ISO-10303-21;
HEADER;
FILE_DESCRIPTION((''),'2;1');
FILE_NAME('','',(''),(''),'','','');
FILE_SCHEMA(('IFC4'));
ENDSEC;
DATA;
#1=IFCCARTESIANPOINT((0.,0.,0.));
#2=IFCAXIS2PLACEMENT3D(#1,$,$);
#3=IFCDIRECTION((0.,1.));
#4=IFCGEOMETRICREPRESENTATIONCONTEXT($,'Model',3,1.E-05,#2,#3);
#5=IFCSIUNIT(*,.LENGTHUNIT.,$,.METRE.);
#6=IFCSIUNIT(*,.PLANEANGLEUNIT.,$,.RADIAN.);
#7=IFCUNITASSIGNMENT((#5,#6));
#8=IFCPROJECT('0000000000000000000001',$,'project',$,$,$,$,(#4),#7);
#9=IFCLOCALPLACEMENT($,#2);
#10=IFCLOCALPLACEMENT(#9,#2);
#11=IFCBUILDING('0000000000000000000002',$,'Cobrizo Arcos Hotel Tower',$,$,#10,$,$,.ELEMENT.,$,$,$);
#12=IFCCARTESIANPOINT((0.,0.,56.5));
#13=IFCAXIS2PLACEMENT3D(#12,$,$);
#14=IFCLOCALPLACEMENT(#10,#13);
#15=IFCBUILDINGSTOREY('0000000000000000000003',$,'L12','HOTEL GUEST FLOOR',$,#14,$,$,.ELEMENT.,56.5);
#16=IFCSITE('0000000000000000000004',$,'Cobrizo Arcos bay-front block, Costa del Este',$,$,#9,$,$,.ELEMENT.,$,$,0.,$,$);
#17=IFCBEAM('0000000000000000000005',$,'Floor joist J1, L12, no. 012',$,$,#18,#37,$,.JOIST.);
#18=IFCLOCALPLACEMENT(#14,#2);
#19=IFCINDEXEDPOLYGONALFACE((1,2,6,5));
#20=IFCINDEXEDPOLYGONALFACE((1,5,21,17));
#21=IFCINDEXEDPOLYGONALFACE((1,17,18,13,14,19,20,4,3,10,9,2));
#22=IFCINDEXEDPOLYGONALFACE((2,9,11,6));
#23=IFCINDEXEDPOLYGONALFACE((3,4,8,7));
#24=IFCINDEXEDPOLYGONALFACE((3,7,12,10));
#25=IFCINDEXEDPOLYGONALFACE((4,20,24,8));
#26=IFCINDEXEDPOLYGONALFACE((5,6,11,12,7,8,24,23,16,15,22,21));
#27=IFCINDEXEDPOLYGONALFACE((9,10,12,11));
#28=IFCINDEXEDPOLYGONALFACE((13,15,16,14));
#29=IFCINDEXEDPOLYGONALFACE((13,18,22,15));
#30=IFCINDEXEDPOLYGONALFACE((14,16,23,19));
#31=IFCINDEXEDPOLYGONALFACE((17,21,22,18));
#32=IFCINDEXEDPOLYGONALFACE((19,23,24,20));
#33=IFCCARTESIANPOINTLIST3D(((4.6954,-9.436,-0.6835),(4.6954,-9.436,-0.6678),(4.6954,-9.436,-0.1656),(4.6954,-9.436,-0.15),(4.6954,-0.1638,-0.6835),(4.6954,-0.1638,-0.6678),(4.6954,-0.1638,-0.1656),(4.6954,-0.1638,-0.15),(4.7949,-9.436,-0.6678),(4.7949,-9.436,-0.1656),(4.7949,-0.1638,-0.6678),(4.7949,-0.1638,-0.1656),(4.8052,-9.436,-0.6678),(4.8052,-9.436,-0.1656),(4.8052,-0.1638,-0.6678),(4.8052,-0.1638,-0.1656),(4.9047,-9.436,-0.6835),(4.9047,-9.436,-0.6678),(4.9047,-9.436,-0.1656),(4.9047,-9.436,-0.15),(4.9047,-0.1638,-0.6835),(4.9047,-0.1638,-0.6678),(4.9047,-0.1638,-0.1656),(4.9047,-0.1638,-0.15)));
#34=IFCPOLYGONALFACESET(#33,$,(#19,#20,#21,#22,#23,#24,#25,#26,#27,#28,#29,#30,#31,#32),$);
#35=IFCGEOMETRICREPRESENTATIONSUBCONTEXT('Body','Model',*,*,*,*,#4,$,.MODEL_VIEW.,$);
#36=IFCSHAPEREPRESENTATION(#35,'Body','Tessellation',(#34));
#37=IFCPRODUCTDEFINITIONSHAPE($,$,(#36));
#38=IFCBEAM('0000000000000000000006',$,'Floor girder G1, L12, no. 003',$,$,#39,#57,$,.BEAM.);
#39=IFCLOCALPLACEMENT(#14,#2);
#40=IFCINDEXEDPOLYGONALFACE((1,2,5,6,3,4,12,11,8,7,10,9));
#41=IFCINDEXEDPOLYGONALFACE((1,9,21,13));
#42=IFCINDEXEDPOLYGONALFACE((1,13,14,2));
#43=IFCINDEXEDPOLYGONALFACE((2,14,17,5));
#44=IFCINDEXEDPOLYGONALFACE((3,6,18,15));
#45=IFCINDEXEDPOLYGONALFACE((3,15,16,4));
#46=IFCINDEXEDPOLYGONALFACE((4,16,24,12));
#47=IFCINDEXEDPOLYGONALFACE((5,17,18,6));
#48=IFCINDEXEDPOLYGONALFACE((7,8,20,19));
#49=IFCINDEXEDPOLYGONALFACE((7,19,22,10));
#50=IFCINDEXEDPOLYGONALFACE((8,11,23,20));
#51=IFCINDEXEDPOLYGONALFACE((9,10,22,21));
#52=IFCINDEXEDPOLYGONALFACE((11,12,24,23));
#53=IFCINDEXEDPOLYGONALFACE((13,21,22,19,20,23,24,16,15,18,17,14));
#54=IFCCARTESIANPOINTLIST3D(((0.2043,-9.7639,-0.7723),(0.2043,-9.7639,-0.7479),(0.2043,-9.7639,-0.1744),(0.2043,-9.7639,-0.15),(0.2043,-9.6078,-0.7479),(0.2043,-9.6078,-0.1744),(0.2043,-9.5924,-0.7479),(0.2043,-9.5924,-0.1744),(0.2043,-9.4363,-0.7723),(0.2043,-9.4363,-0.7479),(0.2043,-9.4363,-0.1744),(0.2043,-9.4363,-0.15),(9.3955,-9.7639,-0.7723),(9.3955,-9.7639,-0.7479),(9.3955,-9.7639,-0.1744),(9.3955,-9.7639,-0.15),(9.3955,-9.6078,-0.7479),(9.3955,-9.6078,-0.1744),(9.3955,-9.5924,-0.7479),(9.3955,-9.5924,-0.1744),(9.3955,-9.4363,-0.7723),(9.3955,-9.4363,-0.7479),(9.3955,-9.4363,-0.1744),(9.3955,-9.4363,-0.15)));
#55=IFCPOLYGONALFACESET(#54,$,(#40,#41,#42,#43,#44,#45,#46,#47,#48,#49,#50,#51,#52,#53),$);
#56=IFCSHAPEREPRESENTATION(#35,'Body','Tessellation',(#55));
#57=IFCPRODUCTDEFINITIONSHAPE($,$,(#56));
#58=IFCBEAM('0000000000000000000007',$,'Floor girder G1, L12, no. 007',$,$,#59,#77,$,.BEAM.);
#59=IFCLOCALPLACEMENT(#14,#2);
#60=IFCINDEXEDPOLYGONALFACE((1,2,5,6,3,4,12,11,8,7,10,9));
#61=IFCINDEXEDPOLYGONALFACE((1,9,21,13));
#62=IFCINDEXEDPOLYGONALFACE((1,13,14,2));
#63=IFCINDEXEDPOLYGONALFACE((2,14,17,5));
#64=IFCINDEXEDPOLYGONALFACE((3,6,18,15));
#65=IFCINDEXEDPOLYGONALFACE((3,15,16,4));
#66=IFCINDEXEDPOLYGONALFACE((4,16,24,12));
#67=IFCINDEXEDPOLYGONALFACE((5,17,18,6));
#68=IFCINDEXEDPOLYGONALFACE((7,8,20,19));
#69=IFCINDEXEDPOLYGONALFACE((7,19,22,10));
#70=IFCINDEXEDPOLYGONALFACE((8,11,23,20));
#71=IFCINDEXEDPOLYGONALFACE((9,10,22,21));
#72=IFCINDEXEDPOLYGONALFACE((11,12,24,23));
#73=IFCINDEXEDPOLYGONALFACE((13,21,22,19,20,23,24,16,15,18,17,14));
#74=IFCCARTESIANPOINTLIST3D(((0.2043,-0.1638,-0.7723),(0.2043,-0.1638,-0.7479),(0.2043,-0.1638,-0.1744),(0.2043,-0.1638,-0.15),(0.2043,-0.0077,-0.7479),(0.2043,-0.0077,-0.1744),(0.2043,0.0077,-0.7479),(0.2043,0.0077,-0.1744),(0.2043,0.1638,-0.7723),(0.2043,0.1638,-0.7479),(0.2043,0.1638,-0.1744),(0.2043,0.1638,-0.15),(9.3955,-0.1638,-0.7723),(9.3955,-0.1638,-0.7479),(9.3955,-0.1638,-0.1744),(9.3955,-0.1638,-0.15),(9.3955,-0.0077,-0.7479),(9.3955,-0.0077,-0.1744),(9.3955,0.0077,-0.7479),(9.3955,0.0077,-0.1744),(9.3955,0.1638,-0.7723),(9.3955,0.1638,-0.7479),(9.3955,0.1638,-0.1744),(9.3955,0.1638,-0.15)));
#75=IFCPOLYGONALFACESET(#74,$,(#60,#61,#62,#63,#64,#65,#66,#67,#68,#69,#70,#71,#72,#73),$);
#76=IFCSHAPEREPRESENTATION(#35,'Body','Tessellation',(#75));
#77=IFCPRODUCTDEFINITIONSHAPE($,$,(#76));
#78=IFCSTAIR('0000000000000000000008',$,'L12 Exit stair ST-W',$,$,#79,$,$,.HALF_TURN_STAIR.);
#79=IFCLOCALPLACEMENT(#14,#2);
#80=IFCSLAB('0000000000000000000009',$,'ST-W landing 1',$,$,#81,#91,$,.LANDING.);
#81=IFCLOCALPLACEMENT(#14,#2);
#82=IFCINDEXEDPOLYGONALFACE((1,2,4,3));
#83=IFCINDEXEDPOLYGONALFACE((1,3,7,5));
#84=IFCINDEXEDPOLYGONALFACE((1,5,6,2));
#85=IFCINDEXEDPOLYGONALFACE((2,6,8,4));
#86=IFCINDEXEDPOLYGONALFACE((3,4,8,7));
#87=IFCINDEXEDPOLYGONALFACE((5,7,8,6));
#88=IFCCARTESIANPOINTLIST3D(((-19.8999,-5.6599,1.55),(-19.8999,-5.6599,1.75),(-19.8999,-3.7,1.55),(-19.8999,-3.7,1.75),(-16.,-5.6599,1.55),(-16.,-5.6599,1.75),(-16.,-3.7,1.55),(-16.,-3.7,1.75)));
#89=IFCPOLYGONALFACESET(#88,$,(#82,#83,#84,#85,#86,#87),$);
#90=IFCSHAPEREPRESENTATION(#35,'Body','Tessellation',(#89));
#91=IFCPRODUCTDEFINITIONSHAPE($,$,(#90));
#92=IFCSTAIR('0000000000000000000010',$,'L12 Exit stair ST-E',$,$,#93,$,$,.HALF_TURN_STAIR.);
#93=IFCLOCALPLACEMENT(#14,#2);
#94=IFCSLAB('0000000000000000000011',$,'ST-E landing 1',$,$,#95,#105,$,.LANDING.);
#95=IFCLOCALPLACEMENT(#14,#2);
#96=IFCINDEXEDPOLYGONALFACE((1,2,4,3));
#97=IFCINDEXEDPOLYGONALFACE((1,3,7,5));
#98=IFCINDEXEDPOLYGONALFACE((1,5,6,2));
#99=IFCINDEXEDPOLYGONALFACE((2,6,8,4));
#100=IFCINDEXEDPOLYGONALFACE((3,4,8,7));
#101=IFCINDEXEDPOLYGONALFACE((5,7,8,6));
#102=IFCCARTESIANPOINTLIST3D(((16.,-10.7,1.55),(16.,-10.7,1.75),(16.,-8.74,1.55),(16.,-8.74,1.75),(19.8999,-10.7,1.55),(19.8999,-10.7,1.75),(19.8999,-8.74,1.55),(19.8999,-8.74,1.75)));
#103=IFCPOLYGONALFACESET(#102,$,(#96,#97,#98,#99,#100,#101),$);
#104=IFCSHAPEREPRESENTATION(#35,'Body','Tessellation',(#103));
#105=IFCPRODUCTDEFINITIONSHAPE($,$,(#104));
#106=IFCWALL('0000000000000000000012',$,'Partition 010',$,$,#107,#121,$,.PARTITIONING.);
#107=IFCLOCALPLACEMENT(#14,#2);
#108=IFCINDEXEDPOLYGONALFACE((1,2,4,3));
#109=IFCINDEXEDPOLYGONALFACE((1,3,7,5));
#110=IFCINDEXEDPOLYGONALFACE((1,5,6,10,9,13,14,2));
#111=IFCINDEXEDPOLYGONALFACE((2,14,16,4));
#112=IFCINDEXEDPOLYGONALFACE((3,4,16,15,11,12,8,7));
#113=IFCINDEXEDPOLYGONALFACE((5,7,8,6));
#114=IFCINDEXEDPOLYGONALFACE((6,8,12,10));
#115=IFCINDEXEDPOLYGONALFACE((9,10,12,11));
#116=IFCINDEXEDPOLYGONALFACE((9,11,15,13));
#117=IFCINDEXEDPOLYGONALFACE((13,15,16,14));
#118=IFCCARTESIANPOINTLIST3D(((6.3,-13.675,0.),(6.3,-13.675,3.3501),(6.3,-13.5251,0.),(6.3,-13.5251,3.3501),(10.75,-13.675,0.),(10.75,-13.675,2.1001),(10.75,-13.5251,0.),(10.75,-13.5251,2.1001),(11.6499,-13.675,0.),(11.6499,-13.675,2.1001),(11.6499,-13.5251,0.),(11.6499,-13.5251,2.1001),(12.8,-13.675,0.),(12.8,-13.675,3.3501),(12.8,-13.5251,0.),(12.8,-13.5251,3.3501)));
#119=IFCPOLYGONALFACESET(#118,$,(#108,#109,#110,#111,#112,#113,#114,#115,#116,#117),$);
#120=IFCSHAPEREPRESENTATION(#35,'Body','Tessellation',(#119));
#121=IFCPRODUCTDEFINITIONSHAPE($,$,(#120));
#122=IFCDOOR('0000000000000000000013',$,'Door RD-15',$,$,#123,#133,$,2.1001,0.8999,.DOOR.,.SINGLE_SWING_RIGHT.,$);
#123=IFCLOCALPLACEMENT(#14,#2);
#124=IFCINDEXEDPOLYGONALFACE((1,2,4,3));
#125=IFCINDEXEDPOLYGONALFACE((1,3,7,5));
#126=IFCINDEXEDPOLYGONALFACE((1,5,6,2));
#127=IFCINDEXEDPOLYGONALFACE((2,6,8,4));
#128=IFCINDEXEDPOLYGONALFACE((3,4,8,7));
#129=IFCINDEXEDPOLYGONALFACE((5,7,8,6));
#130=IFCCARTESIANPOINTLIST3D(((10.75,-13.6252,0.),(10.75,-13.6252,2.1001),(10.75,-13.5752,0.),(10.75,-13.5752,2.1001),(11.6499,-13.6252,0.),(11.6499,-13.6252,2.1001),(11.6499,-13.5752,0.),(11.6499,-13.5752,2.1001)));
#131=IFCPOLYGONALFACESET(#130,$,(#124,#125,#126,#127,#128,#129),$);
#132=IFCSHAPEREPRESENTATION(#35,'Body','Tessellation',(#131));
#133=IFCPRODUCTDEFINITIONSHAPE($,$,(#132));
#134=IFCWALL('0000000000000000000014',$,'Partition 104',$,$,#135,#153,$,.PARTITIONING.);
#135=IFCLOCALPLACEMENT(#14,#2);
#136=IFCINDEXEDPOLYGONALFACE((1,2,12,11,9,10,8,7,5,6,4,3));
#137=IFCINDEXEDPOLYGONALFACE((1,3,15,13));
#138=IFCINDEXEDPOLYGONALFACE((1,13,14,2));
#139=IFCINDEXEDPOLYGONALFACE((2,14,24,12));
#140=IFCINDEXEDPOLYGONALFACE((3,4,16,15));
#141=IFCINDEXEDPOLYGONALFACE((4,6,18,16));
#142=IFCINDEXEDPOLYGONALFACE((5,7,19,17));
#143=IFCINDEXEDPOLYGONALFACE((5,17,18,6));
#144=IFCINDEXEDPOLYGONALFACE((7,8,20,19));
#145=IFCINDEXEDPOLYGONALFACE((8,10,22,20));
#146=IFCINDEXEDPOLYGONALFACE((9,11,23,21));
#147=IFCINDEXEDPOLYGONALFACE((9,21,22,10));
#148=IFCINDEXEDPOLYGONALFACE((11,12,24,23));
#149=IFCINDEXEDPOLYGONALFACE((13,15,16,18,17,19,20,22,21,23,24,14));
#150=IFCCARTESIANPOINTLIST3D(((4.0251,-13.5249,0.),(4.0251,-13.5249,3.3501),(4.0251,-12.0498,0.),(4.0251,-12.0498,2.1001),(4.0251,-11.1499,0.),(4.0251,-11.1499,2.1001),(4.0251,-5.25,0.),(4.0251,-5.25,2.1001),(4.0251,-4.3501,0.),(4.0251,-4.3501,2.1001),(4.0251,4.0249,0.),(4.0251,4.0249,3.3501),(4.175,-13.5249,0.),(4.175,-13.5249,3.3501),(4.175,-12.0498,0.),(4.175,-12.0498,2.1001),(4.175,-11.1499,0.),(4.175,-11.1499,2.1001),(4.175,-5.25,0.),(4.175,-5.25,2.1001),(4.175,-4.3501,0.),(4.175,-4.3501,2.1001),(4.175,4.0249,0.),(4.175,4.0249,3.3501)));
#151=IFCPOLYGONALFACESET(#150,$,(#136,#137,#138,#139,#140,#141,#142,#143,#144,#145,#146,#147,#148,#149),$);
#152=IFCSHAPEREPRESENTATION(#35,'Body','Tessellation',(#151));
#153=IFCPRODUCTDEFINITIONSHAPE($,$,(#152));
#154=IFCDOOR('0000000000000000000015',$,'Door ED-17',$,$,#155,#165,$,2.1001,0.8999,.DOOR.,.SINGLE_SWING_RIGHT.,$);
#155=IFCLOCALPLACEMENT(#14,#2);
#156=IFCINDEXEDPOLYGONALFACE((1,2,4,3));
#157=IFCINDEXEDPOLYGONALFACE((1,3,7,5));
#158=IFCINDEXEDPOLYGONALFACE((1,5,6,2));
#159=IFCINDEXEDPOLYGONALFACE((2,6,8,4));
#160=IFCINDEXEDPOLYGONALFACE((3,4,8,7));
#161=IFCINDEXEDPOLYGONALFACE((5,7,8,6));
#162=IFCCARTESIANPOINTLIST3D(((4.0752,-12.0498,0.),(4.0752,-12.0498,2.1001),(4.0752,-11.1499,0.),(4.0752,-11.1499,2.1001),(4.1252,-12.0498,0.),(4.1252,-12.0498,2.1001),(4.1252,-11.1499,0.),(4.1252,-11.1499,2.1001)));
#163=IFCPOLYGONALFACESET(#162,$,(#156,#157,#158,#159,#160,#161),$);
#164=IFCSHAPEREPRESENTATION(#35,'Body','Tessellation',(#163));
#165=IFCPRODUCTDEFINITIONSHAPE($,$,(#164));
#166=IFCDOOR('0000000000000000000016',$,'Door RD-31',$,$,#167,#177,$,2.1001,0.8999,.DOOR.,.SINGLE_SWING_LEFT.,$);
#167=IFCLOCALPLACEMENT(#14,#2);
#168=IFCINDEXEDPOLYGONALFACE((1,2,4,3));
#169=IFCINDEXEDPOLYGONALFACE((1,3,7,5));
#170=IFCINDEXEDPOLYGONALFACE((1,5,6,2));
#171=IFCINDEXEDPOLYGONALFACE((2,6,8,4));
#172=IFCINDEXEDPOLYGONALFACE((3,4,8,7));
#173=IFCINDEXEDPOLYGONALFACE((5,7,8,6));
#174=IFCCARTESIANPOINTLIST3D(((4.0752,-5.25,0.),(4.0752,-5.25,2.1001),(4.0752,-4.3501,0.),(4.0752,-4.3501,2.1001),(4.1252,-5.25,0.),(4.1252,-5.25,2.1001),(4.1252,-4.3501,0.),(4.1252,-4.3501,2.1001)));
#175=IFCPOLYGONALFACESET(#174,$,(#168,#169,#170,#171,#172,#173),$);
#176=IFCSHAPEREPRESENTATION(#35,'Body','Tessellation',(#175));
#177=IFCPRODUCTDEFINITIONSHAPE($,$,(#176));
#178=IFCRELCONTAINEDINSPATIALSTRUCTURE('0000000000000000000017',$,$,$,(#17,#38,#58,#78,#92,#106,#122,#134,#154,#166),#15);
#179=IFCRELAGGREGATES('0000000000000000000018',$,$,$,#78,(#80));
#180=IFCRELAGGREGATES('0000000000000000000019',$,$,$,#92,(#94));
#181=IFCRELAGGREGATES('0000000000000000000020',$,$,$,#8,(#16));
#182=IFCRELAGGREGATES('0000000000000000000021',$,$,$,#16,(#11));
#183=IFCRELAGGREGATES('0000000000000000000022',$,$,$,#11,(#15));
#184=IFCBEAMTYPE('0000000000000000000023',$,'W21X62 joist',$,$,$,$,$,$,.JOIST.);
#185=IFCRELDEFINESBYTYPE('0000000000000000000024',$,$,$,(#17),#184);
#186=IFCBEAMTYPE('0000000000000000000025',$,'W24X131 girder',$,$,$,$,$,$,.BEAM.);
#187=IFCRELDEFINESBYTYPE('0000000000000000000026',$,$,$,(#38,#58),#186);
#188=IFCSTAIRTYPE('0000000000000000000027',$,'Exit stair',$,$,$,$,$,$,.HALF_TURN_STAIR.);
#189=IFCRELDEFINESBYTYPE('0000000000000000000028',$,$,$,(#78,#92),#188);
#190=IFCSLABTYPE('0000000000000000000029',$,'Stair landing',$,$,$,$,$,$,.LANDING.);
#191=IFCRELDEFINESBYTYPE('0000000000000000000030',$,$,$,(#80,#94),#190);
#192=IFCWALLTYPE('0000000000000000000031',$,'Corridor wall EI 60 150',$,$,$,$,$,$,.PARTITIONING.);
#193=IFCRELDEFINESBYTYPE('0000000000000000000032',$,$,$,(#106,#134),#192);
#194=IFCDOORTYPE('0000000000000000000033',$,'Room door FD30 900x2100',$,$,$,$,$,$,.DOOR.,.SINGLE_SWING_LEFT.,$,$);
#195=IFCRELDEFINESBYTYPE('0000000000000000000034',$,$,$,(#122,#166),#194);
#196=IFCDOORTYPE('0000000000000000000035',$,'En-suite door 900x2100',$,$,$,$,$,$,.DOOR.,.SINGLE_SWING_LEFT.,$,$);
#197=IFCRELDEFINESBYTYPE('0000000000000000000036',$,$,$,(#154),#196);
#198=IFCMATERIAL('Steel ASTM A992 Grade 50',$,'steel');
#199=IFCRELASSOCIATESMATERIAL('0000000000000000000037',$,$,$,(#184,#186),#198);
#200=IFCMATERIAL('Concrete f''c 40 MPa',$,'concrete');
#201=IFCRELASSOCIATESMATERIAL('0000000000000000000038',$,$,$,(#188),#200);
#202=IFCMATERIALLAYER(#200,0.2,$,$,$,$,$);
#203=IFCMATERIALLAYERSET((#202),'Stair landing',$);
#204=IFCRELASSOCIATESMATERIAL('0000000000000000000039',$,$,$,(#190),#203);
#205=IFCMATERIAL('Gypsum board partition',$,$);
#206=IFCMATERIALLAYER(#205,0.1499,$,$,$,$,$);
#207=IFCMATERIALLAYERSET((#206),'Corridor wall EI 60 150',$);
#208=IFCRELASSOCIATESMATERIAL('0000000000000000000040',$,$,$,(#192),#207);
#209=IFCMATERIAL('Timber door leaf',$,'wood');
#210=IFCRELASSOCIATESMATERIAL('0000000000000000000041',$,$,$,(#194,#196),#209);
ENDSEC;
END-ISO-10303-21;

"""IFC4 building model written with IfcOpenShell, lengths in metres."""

from ifc_helpers import new_model, si_unit, direction, frame, frame_2d, origin, origin_2d, place, context, subcontext, project, spatial, polyline, rectangle, i_section, outline, extrude, material, layer, layer_set, material_profile, profile_set, type_object, element, fill, aggregate, save


model = new_model("IFC4")

# Units and contexts
model_context = context("Model", 3, precision=1e-05, world=origin(), true_north=direction((0.0, 1.0)))
body_context = subcontext(model_context, "Body", "Model", "MODEL_VIEW")
ifc_project = project(units=[si_unit("LENGTHUNIT", "METRE"), si_unit("PLANEANGLEUNIT", "RADIAN")], contexts=[model_context])

# Site, building, storey
site_placement = place(None, origin())
site = spatial("IfcSite", under=ifc_project, at=site_placement, Name="Cobrizo Arcos bay-front block, Costa del Este", CompositionType="ELEMENT", RefElevation=0.0)
building_placement = place(site_placement, origin())
building = spatial("IfcBuilding", under=site, at=building_placement, Name="Cobrizo Arcos Hotel Tower", CompositionType="ELEMENT")
storey_placement = place(building_placement, frame((0.0, 0.0, 56.5)))
storey = spatial("IfcBuildingStorey", under=building, at=storey_placement, Name="L12", Description="HOTEL GUEST FLOOR", CompositionType="ELEMENT", Elevation=56.5)

# Beams
ifc_material_1 = material(Name="Steel ASTM A992 Grade 50", Category="steel")
ifc_material_profile_1 = material_profile(ifc_material_1, i_section(OverallWidth=0.2092, OverallDepth=0.5334, WebThickness=0.0103, FlangeThickness=0.0156, at=origin_2d()), Name="W21X62")
ifc_profile_set_1 = profile_set([ifc_material_profile_1], Name="Steel ASTM A992 Grade 50")
beam_type_1 = type_object("IfcBeamType", Name="W21X62 joist", PredefinedType="JOIST", material=ifc_profile_set_1)
beam_placement = place(storey_placement, frame((4.8, -9.436, -0.4167), z_axis=(0.0, 1.0, 0.0), x_axis=(-1.0, 0.0, 0.0)))
element("IfcBeam", 1, at=beam_placement, inside=storey, type_object=beam_type_1, Name="Floor joist J1, L12, no. 012", PredefinedType="JOIST", context=body_context, shape_type="SweptSolid", body=[
    extrude(i_section(OverallWidth=0.2092, OverallDepth=0.5334, WebThickness=0.0103, FlangeThickness=0.0156, at=origin_2d()), origin(), (0.0, 0.0, 1.0), 9.2722),
])
ifc_material_profile_2 = material_profile(ifc_material_1, i_section(OverallWidth=0.3276, OverallDepth=0.6223, WebThickness=0.0154, FlangeThickness=0.0244, at=origin_2d()), Name="W24X131")
ifc_profile_set_2 = profile_set([ifc_material_profile_2], Name="Steel ASTM A992 Grade 50")
beam_type_2 = type_object("IfcBeamType", Name="W24X131 girder", PredefinedType="BEAM", material=ifc_profile_set_2)
for number, where, z_axis, x_axis, name in (
    (2, (0.2043, -9.6001, -0.4612), (1.0, 0.0, 0.0), (0.0, 1.0, 0.0), "Floor girder G1, L12, no. 003"),
    (3, (0.2043, 0.0, -0.4612), (1.0, 0.0, 0.0), (0.0, 1.0, 0.0), "Floor girder G1, L12, no. 007"),
):
    element("IfcBeam", number, at=place(storey_placement, frame(where, z_axis=z_axis, x_axis=x_axis)), inside=storey, type_object=beam_type_2, Name=name, PredefinedType="BEAM", context=body_context, shape_type="SweptSolid", body=[
        extrude(i_section(OverallWidth=0.3276, OverallDepth=0.6223, WebThickness=0.0154, FlangeThickness=0.0244, at=origin_2d()), origin(), (0.0, 0.0, 1.0), 9.1912),
    ])

# Stairs, slabs
ifc_material_2 = material(Name="Concrete f'c 40 MPa", Category="concrete")
stair_type = type_object("IfcStairType", Name="Exit stair", PredefinedType="HALF_TURN_STAIR", material=ifc_material_2)
stair_1_placement = place(storey_placement, origin())
stair_1 = element("IfcStair", 4, at=stair_1_placement, inside=storey, type_object=stair_type, Name="L12 Exit stair ST-W", PredefinedType="HALF_TURN_STAIR")
ifc_layer_1 = layer(ifc_material_2, 0.2)
ifc_layer_set_1 = layer_set([ifc_layer_1], Name="Stair landing")
slab_type = type_object("IfcSlabType", Name="Stair landing", PredefinedType="LANDING", material=ifc_layer_set_1)
slab_1_placement = place(storey_placement, frame((0.0, 0.0, 1.55)))
slab_1 = element("IfcSlab", 5, at=slab_1_placement, type_object=slab_type, Name="ST-W landing 1", PredefinedType="LANDING", context=body_context, shape_type="SweptSolid", body=[
    extrude(outline(polyline([(-16.0, -5.6599), (-16.0, -3.7), (-19.8999, -3.7), (-19.8999, -5.6599), (-16.0, -5.6599)])), origin(), (0.0, 0.0, 1.0), 0.2),
])
aggregate(stair_1, [slab_1])
stair_2_placement = place(storey_placement, origin())
stair_2 = element("IfcStair", 6, at=stair_2_placement, inside=storey, type_object=stair_type, Name="L12 Exit stair ST-E", PredefinedType="HALF_TURN_STAIR")
slab_2_placement = place(storey_placement, frame((0.0, 0.0, 1.55)))
slab_2 = element("IfcSlab", 7, at=slab_2_placement, type_object=slab_type, Name="ST-E landing 1", PredefinedType="LANDING", context=body_context, shape_type="SweptSolid", body=[
    extrude(outline(polyline([(16.0, -8.74), (16.0, -10.7), (19.8999, -10.7), (19.8999, -8.74), (16.0, -8.74)])), origin(), (0.0, 0.0, 1.0), 0.2),
])
aggregate(stair_2, [slab_2])

# Wall, opening, door
ifc_material_3 = material(Name="Gypsum board partition")
ifc_layer_2 = layer(ifc_material_3, 0.1499)
ifc_layer_set_2 = layer_set([ifc_layer_2], Name="Corridor wall EI 60 150")
wall_type_1 = type_object("IfcWallType", Name="Corridor wall EI 60 150", PredefinedType="PARTITIONING", material=ifc_layer_set_2)
wall_1_placement = place(storey_placement, frame((6.3, -13.6001, 0.0), z_axis=(0.0, 0.0, 1.0), x_axis=(1.0, 0.0, 0.0)))
wall_1 = element("IfcWall", 8, at=wall_1_placement, inside=storey, type_object=wall_type_1, Name="Partition 010", PredefinedType="PARTITIONING", context=body_context, shape_type="SweptSolid", body=[
    extrude(rectangle(XDim=6.5, YDim=0.1499, at=frame_2d((3.25, 0.0))), origin(), (0.0, 0.0, 1.0), 3.3501),
])
opening_1_placement = place(wall_1_placement, frame((4.45, 0.0, 0.0)))
opening_1 = element("IfcOpeningElement", 9, at=opening_1_placement, cuts=wall_1, PredefinedType="OPENING", context=body_context, shape_type="SweptSolid", body=[
    extrude(rectangle(XDim=0.8999, YDim=2.1001, at=frame_2d((0.45, 1.05))), frame((0.0, 0.0869, 0.0), z_axis=(0.0, -1.0, 0.0), x_axis=(1.0, 0.0, 0.0)), (0.0, 0.0, 1.0), 0.1738),
])
ifc_material_4 = material(Name="Timber door leaf", Category="wood")
door_type_1 = type_object("IfcDoorType", Name="Room door FD30 900x2100", OperationType="SINGLE_SWING_LEFT", PredefinedType="DOOR", material=ifc_material_4)
door_1_placement = place(opening_1_placement, origin())
door_1 = element("IfcDoor", 10, at=door_1_placement, inside=storey, type_object=door_type_1, Name="Door RD-15", OperationType="SINGLE_SWING_RIGHT", OverallHeight=2.1001, OverallWidth=0.8999, PredefinedType="DOOR", context=body_context, shape_type="SweptSolid", body=[
    extrude(rectangle(XDim=0.8999, YDim=2.1001, at=frame_2d((0.45, 1.05))), frame((0.0, 0.0249, 0.0), z_axis=(0.0, -1.0, 0.0), x_axis=(1.0, 0.0, 0.0)), (0.0, 0.0, 1.0), 0.05),
])
fill(opening_1, door_1)

# Wall, openings, doors
wall_2_placement = place(storey_placement, frame((4.1001, -13.5249, 0.0), z_axis=(0.0, 0.0, 1.0), x_axis=(0.0, 1.0, 0.0)))
wall_2 = element("IfcWall", 11, at=wall_2_placement, inside=storey, type_object=wall_type_1, Name="Partition 104", PredefinedType="PARTITIONING", context=body_context, shape_type="SweptSolid", body=[
    extrude(rectangle(XDim=17.5498, YDim=0.1499, at=frame_2d((8.7749, 0.0))), origin(), (0.0, 0.0, 1.0), 3.3501),
])
opening_2_placement = place(wall_2_placement, frame((1.4751, 0.0, 0.0)))
opening_2 = element("IfcOpeningElement", 12, at=opening_2_placement, cuts=wall_2, PredefinedType="OPENING", context=body_context, shape_type="SweptSolid", body=[
    extrude(rectangle(XDim=0.8999, YDim=2.1001, at=frame_2d((0.45, 1.05))), frame((0.0, 0.0869, 0.0), z_axis=(0.0, -1.0, 0.0), x_axis=(1.0, 0.0, 0.0)), (0.0, 0.0, 1.0), 0.1738),
])
opening_3_placement = place(wall_2_placement, frame((8.2749, 0.0, 0.0)))
opening_3 = element("IfcOpeningElement", 13, at=opening_3_placement, cuts=wall_2, PredefinedType="OPENING", context=body_context, shape_type="SweptSolid", body=[
    extrude(rectangle(XDim=0.8999, YDim=2.1001, at=frame_2d((0.45, 1.05))), frame((0.0, 0.0869, 0.0), z_axis=(0.0, -1.0, 0.0), x_axis=(1.0, 0.0, 0.0)), (0.0, 0.0, 1.0), 0.1738),
])
door_type_2 = type_object("IfcDoorType", Name="En-suite door 900x2100", OperationType="SINGLE_SWING_LEFT", PredefinedType="DOOR", material=ifc_material_4)
door_2_placement = place(opening_2_placement, origin())
door_2 = element("IfcDoor", 14, at=door_2_placement, inside=storey, type_object=door_type_2, Name="Door ED-17", OperationType="SINGLE_SWING_RIGHT", OverallHeight=2.1001, OverallWidth=0.8999, PredefinedType="DOOR", context=body_context, shape_type="SweptSolid", body=[
    extrude(rectangle(XDim=0.8999, YDim=2.1001, at=frame_2d((0.45, 1.05))), frame((0.0, 0.0249, 0.0), z_axis=(0.0, -1.0, 0.0), x_axis=(1.0, 0.0, 0.0)), (0.0, 0.0, 1.0), 0.05),
])
fill(opening_2, door_2)
door_3_placement = place(opening_3_placement, origin())
door_3 = element("IfcDoor", 15, at=door_3_placement, inside=storey, type_object=door_type_1, Name="Door RD-31", OperationType="SINGLE_SWING_LEFT", OverallHeight=2.1001, OverallWidth=0.8999, PredefinedType="DOOR", context=body_context, shape_type="SweptSolid", body=[
    extrude(rectangle(XDim=0.8999, YDim=2.1001, at=frame_2d((0.45, 1.05))), frame((0.0, 0.0249, 0.0), z_axis=(0.0, -1.0, 0.0), x_axis=(1.0, 0.0, 0.0)), (0.0, 0.0, 1.0), 0.05),
])
fill(opening_3, door_3)

save(model, "model.ifc")
